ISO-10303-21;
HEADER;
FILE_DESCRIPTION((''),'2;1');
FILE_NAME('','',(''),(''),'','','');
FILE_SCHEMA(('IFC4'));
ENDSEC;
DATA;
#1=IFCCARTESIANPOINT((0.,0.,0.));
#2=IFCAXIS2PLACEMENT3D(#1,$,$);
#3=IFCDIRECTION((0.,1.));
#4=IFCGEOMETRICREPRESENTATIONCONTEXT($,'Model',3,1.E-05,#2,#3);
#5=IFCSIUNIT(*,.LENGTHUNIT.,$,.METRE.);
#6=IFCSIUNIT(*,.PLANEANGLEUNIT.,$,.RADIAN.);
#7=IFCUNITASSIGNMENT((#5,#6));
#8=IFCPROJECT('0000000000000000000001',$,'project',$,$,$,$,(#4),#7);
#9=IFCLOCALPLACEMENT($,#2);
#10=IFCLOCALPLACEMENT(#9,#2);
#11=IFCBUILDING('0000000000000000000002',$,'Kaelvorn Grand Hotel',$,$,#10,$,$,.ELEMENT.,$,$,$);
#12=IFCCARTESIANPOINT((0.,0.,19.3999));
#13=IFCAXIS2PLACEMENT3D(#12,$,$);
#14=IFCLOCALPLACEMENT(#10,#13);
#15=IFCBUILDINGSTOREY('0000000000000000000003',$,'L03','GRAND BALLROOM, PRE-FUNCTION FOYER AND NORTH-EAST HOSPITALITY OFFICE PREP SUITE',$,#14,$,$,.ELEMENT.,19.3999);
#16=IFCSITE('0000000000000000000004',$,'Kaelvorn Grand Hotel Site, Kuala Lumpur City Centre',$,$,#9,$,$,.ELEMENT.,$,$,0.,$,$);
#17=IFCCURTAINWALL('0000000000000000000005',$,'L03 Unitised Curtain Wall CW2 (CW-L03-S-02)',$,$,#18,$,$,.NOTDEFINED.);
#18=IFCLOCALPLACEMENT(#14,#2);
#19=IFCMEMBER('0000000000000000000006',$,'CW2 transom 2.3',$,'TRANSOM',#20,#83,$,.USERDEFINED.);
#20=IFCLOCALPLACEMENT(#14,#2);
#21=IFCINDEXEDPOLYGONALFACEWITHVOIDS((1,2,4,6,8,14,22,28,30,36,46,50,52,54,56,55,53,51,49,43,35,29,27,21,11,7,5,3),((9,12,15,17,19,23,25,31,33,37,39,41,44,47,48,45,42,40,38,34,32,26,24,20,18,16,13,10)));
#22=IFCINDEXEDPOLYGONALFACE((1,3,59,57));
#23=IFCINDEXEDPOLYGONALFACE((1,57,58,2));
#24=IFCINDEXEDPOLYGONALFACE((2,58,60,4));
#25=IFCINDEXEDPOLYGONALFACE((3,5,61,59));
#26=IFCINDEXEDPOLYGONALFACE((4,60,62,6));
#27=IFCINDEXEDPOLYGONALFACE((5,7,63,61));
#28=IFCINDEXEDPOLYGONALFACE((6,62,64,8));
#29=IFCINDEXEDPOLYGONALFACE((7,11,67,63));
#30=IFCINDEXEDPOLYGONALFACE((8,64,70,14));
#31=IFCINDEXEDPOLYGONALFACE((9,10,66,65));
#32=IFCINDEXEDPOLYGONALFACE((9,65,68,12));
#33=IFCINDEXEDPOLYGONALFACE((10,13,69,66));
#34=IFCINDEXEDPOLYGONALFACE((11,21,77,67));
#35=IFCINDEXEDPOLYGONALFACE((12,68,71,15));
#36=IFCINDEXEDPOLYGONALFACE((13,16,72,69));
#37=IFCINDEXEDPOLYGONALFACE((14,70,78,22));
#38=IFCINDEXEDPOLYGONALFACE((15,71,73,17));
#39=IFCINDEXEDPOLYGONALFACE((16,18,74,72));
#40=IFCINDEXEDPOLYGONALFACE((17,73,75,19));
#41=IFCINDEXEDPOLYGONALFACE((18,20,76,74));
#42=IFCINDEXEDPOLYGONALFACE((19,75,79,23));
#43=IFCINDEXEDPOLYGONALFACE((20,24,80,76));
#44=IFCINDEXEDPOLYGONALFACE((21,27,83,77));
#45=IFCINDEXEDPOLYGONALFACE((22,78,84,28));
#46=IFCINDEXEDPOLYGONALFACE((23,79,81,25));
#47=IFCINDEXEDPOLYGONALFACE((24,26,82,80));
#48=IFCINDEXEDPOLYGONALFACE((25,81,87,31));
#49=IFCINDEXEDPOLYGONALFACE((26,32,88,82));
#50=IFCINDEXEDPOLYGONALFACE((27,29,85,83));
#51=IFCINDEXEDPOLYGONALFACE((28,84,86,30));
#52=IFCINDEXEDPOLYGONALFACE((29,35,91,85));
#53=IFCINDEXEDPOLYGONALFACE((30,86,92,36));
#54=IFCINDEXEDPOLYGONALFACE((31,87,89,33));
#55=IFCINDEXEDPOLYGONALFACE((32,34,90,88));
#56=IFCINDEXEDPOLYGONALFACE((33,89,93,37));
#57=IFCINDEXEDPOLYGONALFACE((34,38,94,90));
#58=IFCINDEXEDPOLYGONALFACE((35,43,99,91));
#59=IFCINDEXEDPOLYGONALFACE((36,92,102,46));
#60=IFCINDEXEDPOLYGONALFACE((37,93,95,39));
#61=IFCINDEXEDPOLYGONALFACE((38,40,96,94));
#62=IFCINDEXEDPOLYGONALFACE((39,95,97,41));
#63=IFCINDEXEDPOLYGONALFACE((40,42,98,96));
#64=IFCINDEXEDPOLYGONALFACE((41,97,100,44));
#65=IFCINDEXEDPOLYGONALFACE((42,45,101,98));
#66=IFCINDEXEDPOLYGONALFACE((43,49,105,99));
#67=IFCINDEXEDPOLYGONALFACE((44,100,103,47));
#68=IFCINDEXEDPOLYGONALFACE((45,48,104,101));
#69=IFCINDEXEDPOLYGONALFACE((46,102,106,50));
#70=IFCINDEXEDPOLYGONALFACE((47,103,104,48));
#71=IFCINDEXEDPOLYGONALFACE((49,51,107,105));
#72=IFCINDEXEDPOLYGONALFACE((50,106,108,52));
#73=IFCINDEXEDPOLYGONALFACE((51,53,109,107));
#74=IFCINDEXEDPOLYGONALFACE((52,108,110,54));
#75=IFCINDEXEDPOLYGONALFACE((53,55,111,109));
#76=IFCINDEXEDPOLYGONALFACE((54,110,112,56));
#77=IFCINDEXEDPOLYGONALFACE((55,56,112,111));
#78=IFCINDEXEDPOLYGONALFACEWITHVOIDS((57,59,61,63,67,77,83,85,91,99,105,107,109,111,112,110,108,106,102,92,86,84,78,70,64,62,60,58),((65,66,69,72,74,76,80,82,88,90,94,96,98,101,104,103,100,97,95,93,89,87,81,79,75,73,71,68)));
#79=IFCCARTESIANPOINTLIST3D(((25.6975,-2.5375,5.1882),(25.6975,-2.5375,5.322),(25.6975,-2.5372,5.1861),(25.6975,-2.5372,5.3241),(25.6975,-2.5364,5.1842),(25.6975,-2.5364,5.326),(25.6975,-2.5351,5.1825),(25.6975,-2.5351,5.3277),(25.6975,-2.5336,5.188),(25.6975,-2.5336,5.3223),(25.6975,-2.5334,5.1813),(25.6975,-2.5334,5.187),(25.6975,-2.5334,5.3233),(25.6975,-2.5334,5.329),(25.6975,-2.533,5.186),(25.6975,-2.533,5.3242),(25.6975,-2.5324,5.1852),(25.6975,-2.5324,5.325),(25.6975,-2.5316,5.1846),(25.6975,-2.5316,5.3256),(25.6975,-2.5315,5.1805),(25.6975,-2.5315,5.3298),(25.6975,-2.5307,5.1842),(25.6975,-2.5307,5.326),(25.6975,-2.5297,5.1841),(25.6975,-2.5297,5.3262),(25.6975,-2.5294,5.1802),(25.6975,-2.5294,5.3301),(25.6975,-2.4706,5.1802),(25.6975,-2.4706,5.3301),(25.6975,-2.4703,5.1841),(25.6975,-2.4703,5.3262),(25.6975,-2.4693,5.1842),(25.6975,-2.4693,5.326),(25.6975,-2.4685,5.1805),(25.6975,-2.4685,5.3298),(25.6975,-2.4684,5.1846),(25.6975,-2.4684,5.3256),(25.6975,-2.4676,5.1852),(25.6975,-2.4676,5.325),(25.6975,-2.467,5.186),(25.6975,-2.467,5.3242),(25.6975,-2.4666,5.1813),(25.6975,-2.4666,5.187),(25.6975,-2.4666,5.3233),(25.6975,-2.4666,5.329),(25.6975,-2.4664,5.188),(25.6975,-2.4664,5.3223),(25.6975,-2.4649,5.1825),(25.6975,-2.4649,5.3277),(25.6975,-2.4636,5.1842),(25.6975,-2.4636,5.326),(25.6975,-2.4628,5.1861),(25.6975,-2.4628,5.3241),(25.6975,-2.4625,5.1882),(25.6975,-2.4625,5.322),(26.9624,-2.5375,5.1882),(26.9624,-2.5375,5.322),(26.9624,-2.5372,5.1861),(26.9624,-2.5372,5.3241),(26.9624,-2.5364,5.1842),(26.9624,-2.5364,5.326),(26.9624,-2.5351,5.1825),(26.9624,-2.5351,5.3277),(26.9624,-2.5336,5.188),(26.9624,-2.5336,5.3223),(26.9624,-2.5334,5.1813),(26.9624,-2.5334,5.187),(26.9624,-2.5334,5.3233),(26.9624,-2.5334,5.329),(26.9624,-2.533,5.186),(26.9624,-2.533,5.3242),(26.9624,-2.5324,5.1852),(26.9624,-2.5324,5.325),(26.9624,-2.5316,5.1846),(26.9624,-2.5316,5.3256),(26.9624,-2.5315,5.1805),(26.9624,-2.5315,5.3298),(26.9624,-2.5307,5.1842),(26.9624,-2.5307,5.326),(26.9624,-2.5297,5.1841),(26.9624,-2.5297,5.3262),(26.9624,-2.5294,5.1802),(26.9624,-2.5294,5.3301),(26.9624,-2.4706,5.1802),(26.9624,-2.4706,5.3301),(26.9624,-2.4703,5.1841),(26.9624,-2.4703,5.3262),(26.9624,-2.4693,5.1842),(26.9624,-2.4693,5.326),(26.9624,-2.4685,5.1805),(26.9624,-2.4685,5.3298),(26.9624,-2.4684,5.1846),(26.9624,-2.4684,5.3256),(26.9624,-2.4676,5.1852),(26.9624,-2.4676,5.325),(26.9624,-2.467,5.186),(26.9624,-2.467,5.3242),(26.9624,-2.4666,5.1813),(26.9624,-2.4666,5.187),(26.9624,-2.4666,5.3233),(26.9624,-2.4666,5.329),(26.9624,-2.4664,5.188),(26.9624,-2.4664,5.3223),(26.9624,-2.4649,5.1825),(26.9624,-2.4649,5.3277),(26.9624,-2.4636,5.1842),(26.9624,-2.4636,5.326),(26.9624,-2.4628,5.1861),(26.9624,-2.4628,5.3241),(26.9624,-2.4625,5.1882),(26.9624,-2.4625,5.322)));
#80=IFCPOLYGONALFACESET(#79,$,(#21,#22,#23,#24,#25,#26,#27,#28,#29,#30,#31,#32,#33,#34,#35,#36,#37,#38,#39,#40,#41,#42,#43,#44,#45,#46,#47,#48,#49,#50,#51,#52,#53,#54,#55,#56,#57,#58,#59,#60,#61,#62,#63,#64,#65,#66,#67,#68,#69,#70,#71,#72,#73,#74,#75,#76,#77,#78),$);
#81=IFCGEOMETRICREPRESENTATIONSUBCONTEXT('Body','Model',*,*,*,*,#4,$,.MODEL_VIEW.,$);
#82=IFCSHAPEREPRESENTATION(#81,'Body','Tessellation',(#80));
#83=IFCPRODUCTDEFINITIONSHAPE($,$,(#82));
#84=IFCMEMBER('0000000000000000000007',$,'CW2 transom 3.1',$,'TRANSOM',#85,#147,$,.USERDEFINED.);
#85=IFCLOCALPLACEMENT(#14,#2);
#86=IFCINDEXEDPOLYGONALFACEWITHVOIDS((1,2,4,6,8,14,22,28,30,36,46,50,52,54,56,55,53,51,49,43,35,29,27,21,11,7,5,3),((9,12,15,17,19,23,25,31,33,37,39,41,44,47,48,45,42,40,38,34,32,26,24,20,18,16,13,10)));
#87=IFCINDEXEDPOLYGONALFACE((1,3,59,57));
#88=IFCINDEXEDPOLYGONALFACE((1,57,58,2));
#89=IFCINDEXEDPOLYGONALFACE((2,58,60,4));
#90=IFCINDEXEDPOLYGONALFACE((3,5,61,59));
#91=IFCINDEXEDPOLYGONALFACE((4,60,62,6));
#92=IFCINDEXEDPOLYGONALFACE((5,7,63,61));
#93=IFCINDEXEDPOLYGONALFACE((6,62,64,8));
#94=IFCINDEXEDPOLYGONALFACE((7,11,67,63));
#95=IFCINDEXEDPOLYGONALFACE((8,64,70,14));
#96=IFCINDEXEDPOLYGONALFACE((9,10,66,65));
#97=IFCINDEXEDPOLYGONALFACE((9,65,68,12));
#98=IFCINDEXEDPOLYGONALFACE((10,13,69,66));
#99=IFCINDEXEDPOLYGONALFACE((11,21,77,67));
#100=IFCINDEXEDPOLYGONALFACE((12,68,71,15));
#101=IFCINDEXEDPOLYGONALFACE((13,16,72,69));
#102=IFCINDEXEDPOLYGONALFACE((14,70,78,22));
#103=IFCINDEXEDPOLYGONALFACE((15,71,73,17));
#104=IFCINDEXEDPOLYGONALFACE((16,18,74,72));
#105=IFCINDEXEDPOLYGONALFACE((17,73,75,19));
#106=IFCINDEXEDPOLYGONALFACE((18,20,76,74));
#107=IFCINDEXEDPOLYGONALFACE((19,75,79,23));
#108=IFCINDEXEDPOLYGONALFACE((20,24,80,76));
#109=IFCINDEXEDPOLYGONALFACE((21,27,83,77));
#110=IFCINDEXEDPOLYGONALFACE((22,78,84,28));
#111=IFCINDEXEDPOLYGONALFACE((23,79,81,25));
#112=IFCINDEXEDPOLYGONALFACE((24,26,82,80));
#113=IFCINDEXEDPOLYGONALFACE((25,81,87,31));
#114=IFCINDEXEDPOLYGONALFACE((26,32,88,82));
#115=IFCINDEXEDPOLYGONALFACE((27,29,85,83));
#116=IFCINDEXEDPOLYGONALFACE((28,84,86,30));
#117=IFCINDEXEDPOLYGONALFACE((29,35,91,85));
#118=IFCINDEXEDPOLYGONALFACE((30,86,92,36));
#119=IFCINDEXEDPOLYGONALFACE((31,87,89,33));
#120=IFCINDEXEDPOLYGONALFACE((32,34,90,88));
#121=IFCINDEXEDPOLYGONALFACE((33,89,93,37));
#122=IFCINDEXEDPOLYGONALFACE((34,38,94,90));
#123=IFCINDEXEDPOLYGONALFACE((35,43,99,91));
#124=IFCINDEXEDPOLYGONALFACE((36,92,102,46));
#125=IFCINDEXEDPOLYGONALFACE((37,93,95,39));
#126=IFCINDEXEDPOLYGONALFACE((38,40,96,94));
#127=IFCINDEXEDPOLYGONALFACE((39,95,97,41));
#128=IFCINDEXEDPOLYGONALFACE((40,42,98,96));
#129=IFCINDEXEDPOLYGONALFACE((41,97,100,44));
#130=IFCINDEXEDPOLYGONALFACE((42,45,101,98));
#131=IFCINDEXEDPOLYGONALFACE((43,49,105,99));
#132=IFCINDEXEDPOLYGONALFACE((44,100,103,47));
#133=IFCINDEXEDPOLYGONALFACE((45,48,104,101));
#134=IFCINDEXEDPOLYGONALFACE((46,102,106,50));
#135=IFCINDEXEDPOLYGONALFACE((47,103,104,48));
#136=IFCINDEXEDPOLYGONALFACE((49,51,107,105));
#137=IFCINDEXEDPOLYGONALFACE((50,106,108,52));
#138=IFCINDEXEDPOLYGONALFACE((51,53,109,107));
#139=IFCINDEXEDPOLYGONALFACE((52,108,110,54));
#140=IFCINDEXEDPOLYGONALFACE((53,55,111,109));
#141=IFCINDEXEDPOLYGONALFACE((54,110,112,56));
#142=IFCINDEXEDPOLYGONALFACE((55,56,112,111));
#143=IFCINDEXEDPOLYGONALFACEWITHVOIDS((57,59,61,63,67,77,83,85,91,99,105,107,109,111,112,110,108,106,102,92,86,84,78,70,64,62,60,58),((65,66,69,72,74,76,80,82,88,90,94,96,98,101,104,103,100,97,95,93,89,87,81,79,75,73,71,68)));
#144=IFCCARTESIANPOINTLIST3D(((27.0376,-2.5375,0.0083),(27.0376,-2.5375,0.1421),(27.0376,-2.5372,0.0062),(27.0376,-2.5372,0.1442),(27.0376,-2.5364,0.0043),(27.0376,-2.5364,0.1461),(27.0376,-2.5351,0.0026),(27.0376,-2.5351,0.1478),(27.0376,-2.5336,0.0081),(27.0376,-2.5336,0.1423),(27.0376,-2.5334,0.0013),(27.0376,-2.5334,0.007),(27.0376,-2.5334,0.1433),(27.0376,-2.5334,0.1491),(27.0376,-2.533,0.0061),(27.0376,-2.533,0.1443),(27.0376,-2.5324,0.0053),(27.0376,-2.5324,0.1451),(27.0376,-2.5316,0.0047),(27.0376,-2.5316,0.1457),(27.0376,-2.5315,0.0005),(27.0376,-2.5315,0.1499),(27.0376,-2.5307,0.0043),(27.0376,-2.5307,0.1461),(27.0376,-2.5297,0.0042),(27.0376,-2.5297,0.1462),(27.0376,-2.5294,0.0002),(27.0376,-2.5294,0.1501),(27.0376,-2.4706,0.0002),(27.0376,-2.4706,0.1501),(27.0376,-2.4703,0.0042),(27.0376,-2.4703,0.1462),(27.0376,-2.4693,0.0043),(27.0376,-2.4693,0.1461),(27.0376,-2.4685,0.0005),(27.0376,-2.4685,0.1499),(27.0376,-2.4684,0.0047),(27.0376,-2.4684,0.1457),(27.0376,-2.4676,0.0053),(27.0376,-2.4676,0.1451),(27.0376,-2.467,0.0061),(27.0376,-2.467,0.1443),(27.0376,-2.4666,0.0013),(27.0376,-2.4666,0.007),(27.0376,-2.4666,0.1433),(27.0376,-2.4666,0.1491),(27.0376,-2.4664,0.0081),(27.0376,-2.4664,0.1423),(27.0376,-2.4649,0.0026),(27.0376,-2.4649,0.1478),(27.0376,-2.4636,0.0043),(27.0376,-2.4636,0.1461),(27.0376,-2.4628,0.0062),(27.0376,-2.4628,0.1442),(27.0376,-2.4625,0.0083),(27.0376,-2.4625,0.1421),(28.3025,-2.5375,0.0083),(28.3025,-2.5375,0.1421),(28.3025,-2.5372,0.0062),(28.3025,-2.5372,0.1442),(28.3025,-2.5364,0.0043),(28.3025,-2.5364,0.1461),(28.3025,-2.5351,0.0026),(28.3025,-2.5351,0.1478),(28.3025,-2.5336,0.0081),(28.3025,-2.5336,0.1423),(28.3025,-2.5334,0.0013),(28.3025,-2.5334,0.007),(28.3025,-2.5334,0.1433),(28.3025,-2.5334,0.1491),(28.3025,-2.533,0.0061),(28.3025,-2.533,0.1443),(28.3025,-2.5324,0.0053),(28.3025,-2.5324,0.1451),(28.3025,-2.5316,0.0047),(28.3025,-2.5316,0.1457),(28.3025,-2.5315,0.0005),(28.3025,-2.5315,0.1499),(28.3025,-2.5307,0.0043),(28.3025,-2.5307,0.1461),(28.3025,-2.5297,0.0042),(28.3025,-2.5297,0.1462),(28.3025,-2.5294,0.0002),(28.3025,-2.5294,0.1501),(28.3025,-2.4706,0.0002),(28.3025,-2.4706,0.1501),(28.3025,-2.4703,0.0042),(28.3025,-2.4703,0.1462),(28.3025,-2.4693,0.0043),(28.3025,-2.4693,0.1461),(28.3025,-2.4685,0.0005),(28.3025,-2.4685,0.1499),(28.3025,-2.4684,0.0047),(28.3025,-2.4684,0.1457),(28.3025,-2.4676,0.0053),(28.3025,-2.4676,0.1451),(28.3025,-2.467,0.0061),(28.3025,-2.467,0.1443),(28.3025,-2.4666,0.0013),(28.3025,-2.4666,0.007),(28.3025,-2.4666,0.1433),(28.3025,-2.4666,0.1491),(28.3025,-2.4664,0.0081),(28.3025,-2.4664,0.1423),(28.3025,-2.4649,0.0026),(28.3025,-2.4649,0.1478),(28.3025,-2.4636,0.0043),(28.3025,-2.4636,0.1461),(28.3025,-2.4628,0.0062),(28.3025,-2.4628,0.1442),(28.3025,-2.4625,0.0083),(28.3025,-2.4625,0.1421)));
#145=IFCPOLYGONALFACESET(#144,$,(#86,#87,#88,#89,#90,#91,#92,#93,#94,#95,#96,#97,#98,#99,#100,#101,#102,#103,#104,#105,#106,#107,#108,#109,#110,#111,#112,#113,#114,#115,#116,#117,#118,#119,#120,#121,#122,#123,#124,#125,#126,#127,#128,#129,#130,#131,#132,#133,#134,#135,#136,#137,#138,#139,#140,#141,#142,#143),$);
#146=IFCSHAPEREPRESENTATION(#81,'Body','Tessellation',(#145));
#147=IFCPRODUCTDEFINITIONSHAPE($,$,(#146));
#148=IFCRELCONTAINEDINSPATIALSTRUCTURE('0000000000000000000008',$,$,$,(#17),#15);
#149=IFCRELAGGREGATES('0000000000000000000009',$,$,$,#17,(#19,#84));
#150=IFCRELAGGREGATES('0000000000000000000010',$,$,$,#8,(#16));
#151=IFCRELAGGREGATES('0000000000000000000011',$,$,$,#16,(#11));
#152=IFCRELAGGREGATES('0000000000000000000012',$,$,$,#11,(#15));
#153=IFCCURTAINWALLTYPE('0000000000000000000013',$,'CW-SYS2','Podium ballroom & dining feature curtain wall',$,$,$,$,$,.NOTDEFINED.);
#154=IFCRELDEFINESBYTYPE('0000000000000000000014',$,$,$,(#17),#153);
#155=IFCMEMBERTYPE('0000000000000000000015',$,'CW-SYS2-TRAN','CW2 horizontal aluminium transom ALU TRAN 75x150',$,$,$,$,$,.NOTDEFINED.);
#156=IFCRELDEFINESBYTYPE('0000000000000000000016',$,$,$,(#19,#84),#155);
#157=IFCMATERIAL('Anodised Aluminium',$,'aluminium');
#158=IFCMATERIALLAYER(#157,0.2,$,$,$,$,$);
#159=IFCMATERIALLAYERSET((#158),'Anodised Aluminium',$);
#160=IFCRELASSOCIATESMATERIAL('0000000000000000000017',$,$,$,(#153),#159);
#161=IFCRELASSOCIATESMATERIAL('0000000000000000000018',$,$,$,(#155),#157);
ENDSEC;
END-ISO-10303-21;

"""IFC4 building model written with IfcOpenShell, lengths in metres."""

from ifc_helpers import new_model, si_unit, direction, frame, origin, origin_2d, place, context, subcontext, project, spatial, hollow_rectangle, extrude, material, layer, layer_set, material_profile, profile_set, type_object, element, aggregate, save


model = new_model("IFC4")

# Units and contexts
model_context = context("Model", 3, precision=1e-05, world=origin(), true_north=direction((0.0, 1.0)))
body_context = subcontext(model_context, "Body", "Model", "MODEL_VIEW")
ifc_project = project(units=[si_unit("LENGTHUNIT", "METRE"), si_unit("PLANEANGLEUNIT", "RADIAN")], contexts=[model_context])

# Site, building, storey
site_placement = place(None, origin())
site = spatial("IfcSite", under=ifc_project, at=site_placement, Name="Kaelvorn Grand Hotel Site, Kuala Lumpur City Centre", CompositionType="ELEMENT", RefElevation=0.0)
building_placement = place(site_placement, origin())
building = spatial("IfcBuilding", under=site, at=building_placement, Name="Kaelvorn Grand Hotel", CompositionType="ELEMENT")
storey_placement = place(building_placement, frame((0.0, 0.0, 19.3999)))
storey = spatial("IfcBuildingStorey", under=building, at=storey_placement, Name="L03", Description="GRAND BALLROOM, PRE-FUNCTION FOYER AND NORTH-EAST HOSPITALITY OFFICE PREP SUITE", CompositionType="ELEMENT", Elevation=19.3999)

# Curtain wall
ifc_material_1 = material(Name="Anodised Aluminium", Category="aluminium")
ifc_layer_1 = layer(ifc_material_1, 0.2)
ifc_layer_set_1 = layer_set([ifc_layer_1], Name="Anodised Aluminium")
curtain_wall_type = type_object("IfcCurtainWallType", Name="CW-SYS2", Description="Podium ballroom & dining feature curtain wall", PredefinedType="NOTDEFINED", material=ifc_layer_set_1)
curtain_wall_1_placement = place(storey_placement, origin())
curtain_wall_1 = element("IfcCurtainWall", 1, at=curtain_wall_1_placement, inside=storey, type_object=curtain_wall_type, Name="L03 Unitised Curtain Wall CW2 (CW-L03-S-02)", PredefinedType="NOTDEFINED")

# Members
ifc_material_profile_1 = material_profile(ifc_material_1, hollow_rectangle(XDim=0.075, YDim=0.1499, WallThickness=0.0039, InnerFilletRadius=0.0039, OuterFilletRadius=0.0081, at=origin_2d()), Name="ALU TRAN 75x150")
ifc_profile_set_1 = profile_set([ifc_material_profile_1], Name="Anodised Aluminium")
member_type_1 = type_object("IfcMemberType", Name="CW-SYS2-TRAN", Description="CW2 horizontal aluminium transom ALU TRAN 75x150", PredefinedType="NOTDEFINED", material=ifc_profile_set_1)
member_1_placement = place(storey_placement, frame((25.6975, -2.5, 5.2551), z_axis=(1.0, 0.0, 0.0), x_axis=(0.0, 1.0, 0.0)))
member_1 = element("IfcMember", 2, at=member_1_placement, type_object=member_type_1, Name="CW2 transom 2.3", ObjectType="TRANSOM", PredefinedType="USERDEFINED", context=body_context, shape_type="SweptSolid", body=[
    extrude(hollow_rectangle(XDim=0.075, YDim=0.1499, WallThickness=0.0039, InnerFilletRadius=0.0039, OuterFilletRadius=0.0081, at=origin_2d()), origin(), (0.0, 0.0, 1.0), 1.2649),
])
member_2_placement = place(storey_placement, frame((27.0376, -2.5, 0.0752), z_axis=(1.0, 0.0, 0.0), x_axis=(0.0, 1.0, 0.0)))
member_2 = element("IfcMember", 3, at=member_2_placement, type_object=member_type_1, Name="CW2 transom 3.1", ObjectType="TRANSOM", PredefinedType="USERDEFINED", context=body_context, shape_type="SweptSolid", body=[
    extrude(hollow_rectangle(XDim=0.075, YDim=0.1499, WallThickness=0.0039, InnerFilletRadius=0.0039, OuterFilletRadius=0.0081, at=origin_2d()), origin(), (0.0, 0.0, 1.0), 1.2649),
])

aggregate(curtain_wall_1, [member_1, member_2])

save(model, "model.ifc")
